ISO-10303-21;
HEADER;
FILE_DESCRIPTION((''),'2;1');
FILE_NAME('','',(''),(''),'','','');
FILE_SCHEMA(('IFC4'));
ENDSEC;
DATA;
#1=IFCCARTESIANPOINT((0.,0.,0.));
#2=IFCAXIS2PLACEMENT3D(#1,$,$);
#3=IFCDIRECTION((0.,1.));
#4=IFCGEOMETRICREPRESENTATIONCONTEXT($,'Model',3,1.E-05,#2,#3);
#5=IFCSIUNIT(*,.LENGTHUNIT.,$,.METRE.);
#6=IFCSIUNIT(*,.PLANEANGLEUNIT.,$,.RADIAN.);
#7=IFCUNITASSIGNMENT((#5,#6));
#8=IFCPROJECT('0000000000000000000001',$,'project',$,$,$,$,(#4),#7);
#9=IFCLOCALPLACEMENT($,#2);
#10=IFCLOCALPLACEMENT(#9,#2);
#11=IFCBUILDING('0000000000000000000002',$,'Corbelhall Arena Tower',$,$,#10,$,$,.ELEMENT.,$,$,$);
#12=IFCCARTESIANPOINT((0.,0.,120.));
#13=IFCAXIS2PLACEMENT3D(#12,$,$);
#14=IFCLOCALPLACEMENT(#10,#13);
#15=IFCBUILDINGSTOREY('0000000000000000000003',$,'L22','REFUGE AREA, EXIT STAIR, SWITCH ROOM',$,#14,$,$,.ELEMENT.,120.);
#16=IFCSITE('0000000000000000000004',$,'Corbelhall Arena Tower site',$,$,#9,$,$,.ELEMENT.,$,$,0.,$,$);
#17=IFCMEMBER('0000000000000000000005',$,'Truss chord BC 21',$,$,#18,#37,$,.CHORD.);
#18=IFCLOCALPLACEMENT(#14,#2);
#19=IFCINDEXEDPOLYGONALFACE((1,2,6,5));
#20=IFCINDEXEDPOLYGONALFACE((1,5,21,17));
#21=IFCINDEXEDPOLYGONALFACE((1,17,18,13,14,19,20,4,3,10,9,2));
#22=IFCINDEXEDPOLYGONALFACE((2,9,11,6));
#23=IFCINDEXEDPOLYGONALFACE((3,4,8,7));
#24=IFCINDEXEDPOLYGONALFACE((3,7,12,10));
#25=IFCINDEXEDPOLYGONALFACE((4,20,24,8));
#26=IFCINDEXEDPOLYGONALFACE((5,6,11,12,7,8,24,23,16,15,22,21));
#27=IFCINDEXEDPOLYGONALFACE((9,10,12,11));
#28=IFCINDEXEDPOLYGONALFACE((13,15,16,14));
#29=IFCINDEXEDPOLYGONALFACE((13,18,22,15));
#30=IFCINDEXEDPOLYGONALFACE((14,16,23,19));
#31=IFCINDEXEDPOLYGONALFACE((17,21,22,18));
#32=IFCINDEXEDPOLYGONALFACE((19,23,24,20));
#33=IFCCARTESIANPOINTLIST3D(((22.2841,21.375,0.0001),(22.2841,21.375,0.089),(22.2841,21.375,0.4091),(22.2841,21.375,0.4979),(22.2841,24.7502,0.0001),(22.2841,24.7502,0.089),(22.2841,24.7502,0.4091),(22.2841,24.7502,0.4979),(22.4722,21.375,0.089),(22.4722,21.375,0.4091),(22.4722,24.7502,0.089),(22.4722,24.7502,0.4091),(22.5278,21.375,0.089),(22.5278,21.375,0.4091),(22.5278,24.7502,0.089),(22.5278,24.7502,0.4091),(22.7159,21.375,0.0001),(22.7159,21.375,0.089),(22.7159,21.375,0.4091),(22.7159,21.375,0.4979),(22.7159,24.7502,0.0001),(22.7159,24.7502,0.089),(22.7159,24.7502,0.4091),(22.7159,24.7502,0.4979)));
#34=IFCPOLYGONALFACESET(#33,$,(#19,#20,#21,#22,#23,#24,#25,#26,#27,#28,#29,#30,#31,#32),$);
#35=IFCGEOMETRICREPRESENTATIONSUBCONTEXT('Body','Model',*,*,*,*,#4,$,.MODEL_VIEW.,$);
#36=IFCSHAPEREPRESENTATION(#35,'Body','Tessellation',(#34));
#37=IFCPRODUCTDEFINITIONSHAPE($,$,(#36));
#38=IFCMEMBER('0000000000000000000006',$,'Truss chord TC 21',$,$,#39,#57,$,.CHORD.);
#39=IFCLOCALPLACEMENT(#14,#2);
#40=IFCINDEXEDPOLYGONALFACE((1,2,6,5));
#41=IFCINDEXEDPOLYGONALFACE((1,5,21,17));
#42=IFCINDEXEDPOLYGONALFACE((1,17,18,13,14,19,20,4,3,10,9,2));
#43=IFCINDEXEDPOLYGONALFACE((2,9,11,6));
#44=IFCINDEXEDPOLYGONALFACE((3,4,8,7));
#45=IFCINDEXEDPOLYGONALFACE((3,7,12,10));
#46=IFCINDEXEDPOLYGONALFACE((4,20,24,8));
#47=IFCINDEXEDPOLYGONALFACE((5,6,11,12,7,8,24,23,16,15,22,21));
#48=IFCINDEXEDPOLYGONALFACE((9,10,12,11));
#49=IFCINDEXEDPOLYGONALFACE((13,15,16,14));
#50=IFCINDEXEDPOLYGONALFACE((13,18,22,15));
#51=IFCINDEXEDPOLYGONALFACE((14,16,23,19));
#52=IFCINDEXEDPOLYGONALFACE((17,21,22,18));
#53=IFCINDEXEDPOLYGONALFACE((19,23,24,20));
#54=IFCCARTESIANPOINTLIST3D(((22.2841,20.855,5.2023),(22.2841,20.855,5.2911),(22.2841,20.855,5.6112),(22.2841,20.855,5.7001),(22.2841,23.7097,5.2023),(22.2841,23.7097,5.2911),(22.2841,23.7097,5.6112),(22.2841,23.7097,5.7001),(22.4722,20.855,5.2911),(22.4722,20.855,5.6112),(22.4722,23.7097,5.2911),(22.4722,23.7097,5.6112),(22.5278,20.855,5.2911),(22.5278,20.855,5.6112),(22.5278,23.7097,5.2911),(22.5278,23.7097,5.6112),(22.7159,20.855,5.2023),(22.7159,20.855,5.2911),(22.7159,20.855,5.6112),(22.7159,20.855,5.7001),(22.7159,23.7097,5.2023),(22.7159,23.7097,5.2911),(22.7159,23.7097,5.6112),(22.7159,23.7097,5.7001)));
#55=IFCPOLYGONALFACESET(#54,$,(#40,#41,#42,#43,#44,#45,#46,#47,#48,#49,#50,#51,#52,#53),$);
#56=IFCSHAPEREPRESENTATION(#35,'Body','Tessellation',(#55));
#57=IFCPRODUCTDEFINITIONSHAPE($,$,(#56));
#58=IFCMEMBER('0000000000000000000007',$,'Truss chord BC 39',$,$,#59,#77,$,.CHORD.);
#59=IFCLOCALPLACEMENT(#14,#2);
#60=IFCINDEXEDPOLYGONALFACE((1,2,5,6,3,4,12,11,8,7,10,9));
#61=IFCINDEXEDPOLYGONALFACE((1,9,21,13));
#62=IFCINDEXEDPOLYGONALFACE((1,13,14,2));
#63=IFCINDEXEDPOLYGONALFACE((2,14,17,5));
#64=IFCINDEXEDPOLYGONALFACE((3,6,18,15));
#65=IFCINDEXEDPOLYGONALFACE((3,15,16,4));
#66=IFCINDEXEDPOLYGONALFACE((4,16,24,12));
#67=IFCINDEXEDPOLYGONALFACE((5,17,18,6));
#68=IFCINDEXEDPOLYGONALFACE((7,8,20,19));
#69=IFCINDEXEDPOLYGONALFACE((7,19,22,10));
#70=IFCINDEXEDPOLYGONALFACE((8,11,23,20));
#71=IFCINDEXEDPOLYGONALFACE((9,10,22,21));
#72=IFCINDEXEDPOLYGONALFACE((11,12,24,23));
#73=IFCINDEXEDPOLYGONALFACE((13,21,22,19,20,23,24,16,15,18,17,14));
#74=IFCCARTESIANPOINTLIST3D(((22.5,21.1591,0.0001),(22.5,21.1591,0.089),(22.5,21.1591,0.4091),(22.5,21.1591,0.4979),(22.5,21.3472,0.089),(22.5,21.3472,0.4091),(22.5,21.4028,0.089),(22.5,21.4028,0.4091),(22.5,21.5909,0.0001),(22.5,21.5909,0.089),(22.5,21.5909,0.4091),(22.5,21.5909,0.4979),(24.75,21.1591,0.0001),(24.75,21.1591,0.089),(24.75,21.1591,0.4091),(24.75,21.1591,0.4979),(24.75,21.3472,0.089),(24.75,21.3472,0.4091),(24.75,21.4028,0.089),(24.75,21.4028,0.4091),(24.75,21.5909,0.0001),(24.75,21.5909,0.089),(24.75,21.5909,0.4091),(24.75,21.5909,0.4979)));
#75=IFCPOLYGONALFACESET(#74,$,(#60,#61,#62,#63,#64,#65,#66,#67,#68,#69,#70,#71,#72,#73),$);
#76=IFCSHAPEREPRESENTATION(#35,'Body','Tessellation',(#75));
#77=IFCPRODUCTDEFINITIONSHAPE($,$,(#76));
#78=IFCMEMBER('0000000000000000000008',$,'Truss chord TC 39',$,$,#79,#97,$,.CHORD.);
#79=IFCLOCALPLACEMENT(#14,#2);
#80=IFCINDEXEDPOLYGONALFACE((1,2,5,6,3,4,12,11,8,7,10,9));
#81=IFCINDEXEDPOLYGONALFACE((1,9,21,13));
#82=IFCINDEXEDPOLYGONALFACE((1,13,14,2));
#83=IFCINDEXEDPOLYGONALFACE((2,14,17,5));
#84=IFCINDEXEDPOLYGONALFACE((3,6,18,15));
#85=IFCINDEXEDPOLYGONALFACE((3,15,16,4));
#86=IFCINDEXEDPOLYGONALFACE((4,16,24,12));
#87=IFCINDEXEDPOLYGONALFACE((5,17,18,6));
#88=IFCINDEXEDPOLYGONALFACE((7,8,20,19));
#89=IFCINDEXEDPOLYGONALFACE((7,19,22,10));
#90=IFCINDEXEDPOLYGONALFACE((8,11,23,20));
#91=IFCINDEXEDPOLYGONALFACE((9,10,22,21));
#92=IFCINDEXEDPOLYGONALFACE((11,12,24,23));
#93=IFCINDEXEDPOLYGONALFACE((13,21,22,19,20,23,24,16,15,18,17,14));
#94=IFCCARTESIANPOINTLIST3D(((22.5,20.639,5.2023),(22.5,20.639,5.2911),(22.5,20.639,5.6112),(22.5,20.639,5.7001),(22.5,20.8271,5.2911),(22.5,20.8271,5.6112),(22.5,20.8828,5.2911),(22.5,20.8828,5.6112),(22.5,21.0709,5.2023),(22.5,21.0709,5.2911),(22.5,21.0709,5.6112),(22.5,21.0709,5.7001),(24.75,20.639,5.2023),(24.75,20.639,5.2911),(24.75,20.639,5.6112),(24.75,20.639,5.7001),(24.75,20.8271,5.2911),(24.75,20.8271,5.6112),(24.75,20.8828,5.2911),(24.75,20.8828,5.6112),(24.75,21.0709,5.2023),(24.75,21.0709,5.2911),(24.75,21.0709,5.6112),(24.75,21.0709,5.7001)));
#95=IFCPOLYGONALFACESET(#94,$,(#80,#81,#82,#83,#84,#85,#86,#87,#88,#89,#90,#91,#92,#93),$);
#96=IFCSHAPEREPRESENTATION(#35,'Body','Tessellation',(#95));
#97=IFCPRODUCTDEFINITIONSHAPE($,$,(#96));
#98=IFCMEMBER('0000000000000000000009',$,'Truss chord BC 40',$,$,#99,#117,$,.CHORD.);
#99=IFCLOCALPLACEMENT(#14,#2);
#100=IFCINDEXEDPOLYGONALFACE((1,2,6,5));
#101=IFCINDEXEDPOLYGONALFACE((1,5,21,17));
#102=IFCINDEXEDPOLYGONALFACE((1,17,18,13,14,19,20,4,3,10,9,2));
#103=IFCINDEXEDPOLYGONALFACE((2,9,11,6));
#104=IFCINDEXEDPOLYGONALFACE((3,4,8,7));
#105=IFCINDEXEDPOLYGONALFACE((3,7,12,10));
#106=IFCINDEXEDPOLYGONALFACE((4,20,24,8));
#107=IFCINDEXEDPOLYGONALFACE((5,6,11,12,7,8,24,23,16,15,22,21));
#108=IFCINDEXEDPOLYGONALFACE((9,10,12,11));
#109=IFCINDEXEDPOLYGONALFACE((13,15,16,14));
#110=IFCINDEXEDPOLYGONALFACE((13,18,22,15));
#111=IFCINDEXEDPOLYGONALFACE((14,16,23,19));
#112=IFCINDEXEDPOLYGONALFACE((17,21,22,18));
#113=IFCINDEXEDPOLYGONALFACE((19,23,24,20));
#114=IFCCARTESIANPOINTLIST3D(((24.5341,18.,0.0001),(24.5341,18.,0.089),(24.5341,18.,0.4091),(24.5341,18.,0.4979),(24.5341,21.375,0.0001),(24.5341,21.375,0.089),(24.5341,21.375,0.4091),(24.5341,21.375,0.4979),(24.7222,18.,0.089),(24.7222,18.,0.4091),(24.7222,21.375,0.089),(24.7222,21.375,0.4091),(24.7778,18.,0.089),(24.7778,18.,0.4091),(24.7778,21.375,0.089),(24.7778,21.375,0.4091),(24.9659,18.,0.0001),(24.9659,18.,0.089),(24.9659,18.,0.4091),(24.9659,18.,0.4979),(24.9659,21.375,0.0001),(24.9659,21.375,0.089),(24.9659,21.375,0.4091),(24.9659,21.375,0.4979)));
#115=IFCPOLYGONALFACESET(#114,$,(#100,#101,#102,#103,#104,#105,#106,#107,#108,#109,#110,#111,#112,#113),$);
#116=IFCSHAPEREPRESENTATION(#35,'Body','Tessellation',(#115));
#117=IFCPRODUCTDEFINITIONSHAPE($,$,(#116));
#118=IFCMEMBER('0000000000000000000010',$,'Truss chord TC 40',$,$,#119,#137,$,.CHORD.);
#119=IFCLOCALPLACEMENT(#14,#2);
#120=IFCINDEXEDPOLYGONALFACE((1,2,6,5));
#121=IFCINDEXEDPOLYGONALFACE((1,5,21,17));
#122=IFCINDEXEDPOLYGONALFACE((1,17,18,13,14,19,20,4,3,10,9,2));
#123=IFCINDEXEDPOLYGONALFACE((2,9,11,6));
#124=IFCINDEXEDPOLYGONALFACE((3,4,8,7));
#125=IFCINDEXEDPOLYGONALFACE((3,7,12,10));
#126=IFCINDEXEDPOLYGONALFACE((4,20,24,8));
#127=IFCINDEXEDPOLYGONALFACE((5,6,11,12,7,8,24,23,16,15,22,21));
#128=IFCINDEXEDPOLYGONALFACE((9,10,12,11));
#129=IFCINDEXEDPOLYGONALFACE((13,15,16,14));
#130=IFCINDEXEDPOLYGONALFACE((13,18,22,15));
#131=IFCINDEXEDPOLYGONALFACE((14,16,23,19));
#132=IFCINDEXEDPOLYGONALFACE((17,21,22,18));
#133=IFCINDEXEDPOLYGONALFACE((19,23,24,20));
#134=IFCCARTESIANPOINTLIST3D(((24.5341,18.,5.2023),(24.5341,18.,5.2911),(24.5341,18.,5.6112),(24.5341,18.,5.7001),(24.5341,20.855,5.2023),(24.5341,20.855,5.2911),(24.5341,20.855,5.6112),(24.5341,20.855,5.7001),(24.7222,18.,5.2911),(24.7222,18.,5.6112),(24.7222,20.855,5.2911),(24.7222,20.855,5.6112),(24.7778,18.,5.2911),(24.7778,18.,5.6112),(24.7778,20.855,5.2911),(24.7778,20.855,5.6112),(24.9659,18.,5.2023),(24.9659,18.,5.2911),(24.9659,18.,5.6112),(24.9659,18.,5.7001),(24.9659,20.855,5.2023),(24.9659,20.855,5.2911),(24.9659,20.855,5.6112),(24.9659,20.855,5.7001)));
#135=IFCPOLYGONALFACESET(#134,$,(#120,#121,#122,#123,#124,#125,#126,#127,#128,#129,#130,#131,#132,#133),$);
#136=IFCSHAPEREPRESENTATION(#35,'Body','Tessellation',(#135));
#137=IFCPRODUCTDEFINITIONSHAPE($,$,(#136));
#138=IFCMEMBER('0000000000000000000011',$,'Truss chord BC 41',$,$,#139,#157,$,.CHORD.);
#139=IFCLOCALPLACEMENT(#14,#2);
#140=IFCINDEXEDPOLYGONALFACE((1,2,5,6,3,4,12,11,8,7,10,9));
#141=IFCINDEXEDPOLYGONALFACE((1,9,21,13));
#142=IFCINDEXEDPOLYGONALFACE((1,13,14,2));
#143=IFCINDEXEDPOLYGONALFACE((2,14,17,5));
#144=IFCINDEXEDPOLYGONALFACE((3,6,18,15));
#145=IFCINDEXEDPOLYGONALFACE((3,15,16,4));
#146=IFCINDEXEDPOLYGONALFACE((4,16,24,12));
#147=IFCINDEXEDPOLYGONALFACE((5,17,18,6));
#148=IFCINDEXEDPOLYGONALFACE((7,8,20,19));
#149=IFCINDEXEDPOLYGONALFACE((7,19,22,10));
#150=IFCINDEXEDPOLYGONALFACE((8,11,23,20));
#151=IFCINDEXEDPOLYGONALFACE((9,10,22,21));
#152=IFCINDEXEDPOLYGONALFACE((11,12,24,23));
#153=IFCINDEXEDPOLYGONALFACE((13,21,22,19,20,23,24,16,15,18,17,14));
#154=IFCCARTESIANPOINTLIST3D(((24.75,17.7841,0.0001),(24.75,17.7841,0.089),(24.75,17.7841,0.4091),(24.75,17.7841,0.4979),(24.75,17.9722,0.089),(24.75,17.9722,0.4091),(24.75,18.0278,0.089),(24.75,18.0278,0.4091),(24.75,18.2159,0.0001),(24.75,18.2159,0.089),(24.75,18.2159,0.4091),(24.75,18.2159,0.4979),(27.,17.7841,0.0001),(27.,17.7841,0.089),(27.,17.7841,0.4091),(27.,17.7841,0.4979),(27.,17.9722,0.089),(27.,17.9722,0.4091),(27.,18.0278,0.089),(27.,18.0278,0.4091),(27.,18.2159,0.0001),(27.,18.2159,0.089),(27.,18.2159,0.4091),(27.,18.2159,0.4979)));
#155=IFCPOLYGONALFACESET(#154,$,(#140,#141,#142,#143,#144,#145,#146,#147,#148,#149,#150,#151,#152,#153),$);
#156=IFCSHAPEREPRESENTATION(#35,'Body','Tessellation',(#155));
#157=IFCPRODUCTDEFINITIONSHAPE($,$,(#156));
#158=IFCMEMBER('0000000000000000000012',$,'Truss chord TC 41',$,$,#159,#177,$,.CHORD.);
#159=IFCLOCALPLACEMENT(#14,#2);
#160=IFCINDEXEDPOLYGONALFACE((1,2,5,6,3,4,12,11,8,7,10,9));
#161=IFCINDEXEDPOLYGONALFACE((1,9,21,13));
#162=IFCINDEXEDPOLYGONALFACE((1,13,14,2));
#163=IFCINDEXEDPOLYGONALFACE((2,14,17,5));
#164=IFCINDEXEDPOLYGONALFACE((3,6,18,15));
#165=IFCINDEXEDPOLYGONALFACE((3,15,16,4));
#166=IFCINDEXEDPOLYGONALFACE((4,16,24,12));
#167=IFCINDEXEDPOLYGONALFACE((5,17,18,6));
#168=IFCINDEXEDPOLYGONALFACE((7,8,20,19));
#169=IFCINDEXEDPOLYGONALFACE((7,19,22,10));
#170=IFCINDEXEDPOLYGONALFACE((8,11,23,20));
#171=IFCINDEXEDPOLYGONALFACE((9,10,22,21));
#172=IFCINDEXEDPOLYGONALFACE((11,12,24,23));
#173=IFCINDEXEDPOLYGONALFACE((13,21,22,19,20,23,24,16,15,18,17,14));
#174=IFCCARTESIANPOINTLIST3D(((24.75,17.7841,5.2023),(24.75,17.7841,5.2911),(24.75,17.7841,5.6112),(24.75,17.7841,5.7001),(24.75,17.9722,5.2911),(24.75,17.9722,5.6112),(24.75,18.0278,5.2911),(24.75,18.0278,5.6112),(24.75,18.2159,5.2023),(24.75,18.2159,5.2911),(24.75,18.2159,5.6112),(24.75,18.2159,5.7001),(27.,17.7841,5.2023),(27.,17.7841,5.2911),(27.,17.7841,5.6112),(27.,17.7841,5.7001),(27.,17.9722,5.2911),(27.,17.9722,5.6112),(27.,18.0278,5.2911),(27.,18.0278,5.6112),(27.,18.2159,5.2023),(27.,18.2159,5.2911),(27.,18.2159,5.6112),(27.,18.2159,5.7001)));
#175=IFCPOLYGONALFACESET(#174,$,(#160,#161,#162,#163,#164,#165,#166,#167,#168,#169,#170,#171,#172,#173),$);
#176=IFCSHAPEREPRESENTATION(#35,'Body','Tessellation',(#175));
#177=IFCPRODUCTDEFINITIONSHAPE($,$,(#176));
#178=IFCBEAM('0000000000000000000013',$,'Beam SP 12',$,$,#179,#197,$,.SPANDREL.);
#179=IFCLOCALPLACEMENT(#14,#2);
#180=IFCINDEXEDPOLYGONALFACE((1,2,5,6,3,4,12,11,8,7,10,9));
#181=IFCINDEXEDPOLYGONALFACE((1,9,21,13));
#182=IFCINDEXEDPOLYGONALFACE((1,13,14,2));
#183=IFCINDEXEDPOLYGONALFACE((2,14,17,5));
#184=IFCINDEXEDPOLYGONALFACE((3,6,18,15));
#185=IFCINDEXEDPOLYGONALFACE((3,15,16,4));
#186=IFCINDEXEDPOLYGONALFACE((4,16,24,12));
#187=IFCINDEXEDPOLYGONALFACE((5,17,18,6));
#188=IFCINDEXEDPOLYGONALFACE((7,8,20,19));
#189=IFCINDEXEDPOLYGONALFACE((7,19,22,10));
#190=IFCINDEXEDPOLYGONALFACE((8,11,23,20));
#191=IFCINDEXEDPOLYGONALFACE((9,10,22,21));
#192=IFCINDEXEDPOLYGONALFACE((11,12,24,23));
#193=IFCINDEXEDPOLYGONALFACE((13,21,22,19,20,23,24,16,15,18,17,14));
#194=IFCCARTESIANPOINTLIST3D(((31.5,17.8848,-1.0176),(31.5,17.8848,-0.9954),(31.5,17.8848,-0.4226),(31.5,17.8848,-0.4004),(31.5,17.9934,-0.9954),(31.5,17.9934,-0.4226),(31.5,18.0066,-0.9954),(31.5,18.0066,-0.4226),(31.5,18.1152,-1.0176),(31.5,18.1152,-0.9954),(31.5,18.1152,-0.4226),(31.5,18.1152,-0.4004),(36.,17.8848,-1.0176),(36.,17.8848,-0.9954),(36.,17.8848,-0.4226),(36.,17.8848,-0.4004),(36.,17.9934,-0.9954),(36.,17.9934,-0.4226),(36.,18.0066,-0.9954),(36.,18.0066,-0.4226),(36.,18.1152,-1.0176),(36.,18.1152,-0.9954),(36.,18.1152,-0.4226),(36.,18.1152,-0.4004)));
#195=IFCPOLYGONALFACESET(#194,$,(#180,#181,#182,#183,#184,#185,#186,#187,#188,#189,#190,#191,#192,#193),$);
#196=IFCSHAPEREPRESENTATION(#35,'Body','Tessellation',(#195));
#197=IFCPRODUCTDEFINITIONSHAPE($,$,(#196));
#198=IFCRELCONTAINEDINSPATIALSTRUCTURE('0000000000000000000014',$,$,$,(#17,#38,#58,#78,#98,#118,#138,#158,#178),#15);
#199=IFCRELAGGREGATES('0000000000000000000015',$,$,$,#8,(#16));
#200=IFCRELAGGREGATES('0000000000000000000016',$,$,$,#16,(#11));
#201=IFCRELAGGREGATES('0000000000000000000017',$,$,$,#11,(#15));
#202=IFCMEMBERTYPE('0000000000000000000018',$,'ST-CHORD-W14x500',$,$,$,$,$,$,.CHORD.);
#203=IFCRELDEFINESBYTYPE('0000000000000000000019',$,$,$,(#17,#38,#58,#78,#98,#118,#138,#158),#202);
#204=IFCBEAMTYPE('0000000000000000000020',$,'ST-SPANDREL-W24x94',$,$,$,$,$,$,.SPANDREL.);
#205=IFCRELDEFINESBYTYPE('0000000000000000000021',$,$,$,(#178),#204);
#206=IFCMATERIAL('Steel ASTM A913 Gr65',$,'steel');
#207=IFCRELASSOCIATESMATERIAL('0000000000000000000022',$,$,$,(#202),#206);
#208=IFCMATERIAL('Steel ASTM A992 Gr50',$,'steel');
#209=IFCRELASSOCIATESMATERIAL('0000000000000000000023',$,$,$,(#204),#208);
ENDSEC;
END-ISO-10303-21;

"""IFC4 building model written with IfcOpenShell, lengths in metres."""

from ifc_helpers import new_model, si_unit, direction, frame, origin, origin_2d, place, context, subcontext, project, spatial, i_section, extrude, material, material_profile, profile_set, type_object, element, save


model = new_model("IFC4")

# Units and contexts
model_context = context("Model", 3, precision=1e-05, world=origin(), true_north=direction((0.0, 1.0)))
body_context = subcontext(model_context, "Body", "Model", "MODEL_VIEW")
ifc_project = project(units=[si_unit("LENGTHUNIT", "METRE"), si_unit("PLANEANGLEUNIT", "RADIAN")], contexts=[model_context])

# Site, building, storey
site_placement = place(None, origin())
site = spatial("IfcSite", under=ifc_project, at=site_placement, Name="Corbelhall Arena Tower site", CompositionType="ELEMENT", RefElevation=0.0)
building_placement = place(site_placement, origin())
building = spatial("IfcBuilding", under=site, at=building_placement, Name="Corbelhall Arena Tower", CompositionType="ELEMENT")
storey_placement = place(building_placement, frame((0.0, 0.0, 120.0)))
storey = spatial("IfcBuildingStorey", under=building, at=storey_placement, Name="L22", Description="REFUGE AREA, EXIT STAIR, SWITCH ROOM", CompositionType="ELEMENT", Elevation=120.0)

# Members
ifc_material_1 = material(Name="Steel ASTM A913 Gr65", Category="steel")
ifc_material_profile_1 = material_profile(ifc_material_1, i_section(OverallWidth=0.4319, OverallDepth=0.4978, WebThickness=0.0557, FlangeThickness=0.0889, at=origin_2d()))
ifc_profile_set_1 = profile_set([ifc_material_profile_1], Name="Steel ASTM A913 Gr65")
member_type_1 = type_object("IfcMemberType", Name="ST-CHORD-W14x500", PredefinedType="CHORD", material=ifc_profile_set_1)
member_1_placement = place(storey_placement, frame((22.5, 24.7502, 0.249), z_axis=(0.0, -1.0, 0.0), x_axis=(1.0, 0.0, 0.0)))
element("IfcMember", 1, at=member_1_placement, inside=storey, type_object=member_type_1, Name="Truss chord BC 21", PredefinedType="CHORD", context=body_context, shape_type="SweptSolid", body=[
    extrude(i_section(OverallWidth=0.4319, OverallDepth=0.4978, WebThickness=0.0557, FlangeThickness=0.0889, at=origin_2d()), origin(), (0.0, 0.0, 1.0), 3.3752),
])
member_2_placement = place(storey_placement, frame((22.5, 23.7097, 5.4512), z_axis=(0.0, -1.0, 0.0), x_axis=(1.0, 0.0, 0.0)))
element("IfcMember", 2, at=member_2_placement, inside=storey, type_object=member_type_1, Name="Truss chord TC 21", PredefinedType="CHORD", context=body_context, shape_type="SweptSolid", body=[
    extrude(i_section(OverallWidth=0.4319, OverallDepth=0.4978, WebThickness=0.0557, FlangeThickness=0.0889, at=origin_2d()), origin(), (0.0, 0.0, 1.0), 2.8547),
])
for number, where, z_axis, x_axis, name in (
    (3, (22.5, 21.375, 0.249), (1.0, 0.0, 0.0), (0.0, 1.0, 0.0), "Truss chord BC 39"),
    (4, (22.5, 20.855, 5.4512), (1.0, 0.0, 0.0), (0.0, 1.0, 0.0), "Truss chord TC 39"),
):
    element("IfcMember", number, at=place(storey_placement, frame(where, z_axis=z_axis, x_axis=x_axis)), inside=storey, type_object=member_type_1, Name=name, PredefinedType="CHORD", context=body_context, shape_type="SweptSolid", body=[
        extrude(i_section(OverallWidth=0.4319, OverallDepth=0.4978, WebThickness=0.0557, FlangeThickness=0.0889, at=origin_2d()), origin(), (0.0, 0.0, 1.0), 2.25),
    ])
member_3_placement = place(storey_placement, frame((24.75, 21.375, 0.249), z_axis=(0.0, -1.0, 0.0), x_axis=(1.0, 0.0, 0.0)))
element("IfcMember", 5, at=member_3_placement, inside=storey, type_object=member_type_1, Name="Truss chord BC 40", PredefinedType="CHORD", context=body_context, shape_type="SweptSolid", body=[
    extrude(i_section(OverallWidth=0.4319, OverallDepth=0.4978, WebThickness=0.0557, FlangeThickness=0.0889, at=origin_2d()), origin(), (0.0, 0.0, 1.0), 3.375),
])
member_4_placement = place(storey_placement, frame((24.75, 20.855, 5.4512), z_axis=(0.0, -1.0, 0.0), x_axis=(1.0, 0.0, 0.0)))
element("IfcMember", 6, at=member_4_placement, inside=storey, type_object=member_type_1, Name="Truss chord TC 40", PredefinedType="CHORD", context=body_context, shape_type="SweptSolid", body=[
    extrude(i_section(OverallWidth=0.4319, OverallDepth=0.4978, WebThickness=0.0557, FlangeThickness=0.0889, at=origin_2d()), origin(), (0.0, 0.0, 1.0), 2.855),
])
for number, where, z_axis, x_axis, name in (
    (7, (24.75, 18.0, 0.249), (1.0, 0.0, 0.0), (0.0, 1.0, 0.0), "Truss chord BC 41"),
    (8, (24.75, 18.0, 5.4512), (1.0, 0.0, 0.0), (0.0, 1.0, 0.0), "Truss chord TC 41"),
):
    element("IfcMember", number, at=place(storey_placement, frame(where, z_axis=z_axis, x_axis=x_axis)), inside=storey, type_object=member_type_1, Name=name, PredefinedType="CHORD", context=body_context, shape_type="SweptSolid", body=[
        extrude(i_section(OverallWidth=0.4319, OverallDepth=0.4978, WebThickness=0.0557, FlangeThickness=0.0889, at=origin_2d()), origin(), (0.0, 0.0, 1.0), 2.25),
    ])

# Beam
ifc_material_2 = material(Name="Steel ASTM A992 Gr50", Category="steel")
ifc_material_profile_2 = material_profile(ifc_material_2, i_section(OverallWidth=0.2305, OverallDepth=0.6172, WebThickness=0.0132, FlangeThickness=0.0222, at=origin_2d()))
ifc_profile_set_2 = profile_set([ifc_material_profile_2], Name="Steel ASTM A992 Gr50")
beam_type = type_object("IfcBeamType", Name="ST-SPANDREL-W24x94", PredefinedType="SPANDREL", material=ifc_profile_set_2)
for number, where, z_axis, x_axis, name in (
    (9, (31.5, 18.0, -0.709), (1.0, 0.0, 0.0), (0.0, 1.0, 0.0), "Beam SP 12"),
):
    element("IfcBeam", number, at=place(storey_placement, frame(where, z_axis=z_axis, x_axis=x_axis)), inside=storey, type_object=beam_type, Name=name, PredefinedType="SPANDREL", context=body_context, shape_type="SweptSolid", body=[
        extrude(i_section(OverallWidth=0.2305, OverallDepth=0.6172, WebThickness=0.0132, FlangeThickness=0.0222, at=origin_2d()), origin(), (0.0, 0.0, 1.0), 4.5),
    ])

save(model, "model.ifc")
